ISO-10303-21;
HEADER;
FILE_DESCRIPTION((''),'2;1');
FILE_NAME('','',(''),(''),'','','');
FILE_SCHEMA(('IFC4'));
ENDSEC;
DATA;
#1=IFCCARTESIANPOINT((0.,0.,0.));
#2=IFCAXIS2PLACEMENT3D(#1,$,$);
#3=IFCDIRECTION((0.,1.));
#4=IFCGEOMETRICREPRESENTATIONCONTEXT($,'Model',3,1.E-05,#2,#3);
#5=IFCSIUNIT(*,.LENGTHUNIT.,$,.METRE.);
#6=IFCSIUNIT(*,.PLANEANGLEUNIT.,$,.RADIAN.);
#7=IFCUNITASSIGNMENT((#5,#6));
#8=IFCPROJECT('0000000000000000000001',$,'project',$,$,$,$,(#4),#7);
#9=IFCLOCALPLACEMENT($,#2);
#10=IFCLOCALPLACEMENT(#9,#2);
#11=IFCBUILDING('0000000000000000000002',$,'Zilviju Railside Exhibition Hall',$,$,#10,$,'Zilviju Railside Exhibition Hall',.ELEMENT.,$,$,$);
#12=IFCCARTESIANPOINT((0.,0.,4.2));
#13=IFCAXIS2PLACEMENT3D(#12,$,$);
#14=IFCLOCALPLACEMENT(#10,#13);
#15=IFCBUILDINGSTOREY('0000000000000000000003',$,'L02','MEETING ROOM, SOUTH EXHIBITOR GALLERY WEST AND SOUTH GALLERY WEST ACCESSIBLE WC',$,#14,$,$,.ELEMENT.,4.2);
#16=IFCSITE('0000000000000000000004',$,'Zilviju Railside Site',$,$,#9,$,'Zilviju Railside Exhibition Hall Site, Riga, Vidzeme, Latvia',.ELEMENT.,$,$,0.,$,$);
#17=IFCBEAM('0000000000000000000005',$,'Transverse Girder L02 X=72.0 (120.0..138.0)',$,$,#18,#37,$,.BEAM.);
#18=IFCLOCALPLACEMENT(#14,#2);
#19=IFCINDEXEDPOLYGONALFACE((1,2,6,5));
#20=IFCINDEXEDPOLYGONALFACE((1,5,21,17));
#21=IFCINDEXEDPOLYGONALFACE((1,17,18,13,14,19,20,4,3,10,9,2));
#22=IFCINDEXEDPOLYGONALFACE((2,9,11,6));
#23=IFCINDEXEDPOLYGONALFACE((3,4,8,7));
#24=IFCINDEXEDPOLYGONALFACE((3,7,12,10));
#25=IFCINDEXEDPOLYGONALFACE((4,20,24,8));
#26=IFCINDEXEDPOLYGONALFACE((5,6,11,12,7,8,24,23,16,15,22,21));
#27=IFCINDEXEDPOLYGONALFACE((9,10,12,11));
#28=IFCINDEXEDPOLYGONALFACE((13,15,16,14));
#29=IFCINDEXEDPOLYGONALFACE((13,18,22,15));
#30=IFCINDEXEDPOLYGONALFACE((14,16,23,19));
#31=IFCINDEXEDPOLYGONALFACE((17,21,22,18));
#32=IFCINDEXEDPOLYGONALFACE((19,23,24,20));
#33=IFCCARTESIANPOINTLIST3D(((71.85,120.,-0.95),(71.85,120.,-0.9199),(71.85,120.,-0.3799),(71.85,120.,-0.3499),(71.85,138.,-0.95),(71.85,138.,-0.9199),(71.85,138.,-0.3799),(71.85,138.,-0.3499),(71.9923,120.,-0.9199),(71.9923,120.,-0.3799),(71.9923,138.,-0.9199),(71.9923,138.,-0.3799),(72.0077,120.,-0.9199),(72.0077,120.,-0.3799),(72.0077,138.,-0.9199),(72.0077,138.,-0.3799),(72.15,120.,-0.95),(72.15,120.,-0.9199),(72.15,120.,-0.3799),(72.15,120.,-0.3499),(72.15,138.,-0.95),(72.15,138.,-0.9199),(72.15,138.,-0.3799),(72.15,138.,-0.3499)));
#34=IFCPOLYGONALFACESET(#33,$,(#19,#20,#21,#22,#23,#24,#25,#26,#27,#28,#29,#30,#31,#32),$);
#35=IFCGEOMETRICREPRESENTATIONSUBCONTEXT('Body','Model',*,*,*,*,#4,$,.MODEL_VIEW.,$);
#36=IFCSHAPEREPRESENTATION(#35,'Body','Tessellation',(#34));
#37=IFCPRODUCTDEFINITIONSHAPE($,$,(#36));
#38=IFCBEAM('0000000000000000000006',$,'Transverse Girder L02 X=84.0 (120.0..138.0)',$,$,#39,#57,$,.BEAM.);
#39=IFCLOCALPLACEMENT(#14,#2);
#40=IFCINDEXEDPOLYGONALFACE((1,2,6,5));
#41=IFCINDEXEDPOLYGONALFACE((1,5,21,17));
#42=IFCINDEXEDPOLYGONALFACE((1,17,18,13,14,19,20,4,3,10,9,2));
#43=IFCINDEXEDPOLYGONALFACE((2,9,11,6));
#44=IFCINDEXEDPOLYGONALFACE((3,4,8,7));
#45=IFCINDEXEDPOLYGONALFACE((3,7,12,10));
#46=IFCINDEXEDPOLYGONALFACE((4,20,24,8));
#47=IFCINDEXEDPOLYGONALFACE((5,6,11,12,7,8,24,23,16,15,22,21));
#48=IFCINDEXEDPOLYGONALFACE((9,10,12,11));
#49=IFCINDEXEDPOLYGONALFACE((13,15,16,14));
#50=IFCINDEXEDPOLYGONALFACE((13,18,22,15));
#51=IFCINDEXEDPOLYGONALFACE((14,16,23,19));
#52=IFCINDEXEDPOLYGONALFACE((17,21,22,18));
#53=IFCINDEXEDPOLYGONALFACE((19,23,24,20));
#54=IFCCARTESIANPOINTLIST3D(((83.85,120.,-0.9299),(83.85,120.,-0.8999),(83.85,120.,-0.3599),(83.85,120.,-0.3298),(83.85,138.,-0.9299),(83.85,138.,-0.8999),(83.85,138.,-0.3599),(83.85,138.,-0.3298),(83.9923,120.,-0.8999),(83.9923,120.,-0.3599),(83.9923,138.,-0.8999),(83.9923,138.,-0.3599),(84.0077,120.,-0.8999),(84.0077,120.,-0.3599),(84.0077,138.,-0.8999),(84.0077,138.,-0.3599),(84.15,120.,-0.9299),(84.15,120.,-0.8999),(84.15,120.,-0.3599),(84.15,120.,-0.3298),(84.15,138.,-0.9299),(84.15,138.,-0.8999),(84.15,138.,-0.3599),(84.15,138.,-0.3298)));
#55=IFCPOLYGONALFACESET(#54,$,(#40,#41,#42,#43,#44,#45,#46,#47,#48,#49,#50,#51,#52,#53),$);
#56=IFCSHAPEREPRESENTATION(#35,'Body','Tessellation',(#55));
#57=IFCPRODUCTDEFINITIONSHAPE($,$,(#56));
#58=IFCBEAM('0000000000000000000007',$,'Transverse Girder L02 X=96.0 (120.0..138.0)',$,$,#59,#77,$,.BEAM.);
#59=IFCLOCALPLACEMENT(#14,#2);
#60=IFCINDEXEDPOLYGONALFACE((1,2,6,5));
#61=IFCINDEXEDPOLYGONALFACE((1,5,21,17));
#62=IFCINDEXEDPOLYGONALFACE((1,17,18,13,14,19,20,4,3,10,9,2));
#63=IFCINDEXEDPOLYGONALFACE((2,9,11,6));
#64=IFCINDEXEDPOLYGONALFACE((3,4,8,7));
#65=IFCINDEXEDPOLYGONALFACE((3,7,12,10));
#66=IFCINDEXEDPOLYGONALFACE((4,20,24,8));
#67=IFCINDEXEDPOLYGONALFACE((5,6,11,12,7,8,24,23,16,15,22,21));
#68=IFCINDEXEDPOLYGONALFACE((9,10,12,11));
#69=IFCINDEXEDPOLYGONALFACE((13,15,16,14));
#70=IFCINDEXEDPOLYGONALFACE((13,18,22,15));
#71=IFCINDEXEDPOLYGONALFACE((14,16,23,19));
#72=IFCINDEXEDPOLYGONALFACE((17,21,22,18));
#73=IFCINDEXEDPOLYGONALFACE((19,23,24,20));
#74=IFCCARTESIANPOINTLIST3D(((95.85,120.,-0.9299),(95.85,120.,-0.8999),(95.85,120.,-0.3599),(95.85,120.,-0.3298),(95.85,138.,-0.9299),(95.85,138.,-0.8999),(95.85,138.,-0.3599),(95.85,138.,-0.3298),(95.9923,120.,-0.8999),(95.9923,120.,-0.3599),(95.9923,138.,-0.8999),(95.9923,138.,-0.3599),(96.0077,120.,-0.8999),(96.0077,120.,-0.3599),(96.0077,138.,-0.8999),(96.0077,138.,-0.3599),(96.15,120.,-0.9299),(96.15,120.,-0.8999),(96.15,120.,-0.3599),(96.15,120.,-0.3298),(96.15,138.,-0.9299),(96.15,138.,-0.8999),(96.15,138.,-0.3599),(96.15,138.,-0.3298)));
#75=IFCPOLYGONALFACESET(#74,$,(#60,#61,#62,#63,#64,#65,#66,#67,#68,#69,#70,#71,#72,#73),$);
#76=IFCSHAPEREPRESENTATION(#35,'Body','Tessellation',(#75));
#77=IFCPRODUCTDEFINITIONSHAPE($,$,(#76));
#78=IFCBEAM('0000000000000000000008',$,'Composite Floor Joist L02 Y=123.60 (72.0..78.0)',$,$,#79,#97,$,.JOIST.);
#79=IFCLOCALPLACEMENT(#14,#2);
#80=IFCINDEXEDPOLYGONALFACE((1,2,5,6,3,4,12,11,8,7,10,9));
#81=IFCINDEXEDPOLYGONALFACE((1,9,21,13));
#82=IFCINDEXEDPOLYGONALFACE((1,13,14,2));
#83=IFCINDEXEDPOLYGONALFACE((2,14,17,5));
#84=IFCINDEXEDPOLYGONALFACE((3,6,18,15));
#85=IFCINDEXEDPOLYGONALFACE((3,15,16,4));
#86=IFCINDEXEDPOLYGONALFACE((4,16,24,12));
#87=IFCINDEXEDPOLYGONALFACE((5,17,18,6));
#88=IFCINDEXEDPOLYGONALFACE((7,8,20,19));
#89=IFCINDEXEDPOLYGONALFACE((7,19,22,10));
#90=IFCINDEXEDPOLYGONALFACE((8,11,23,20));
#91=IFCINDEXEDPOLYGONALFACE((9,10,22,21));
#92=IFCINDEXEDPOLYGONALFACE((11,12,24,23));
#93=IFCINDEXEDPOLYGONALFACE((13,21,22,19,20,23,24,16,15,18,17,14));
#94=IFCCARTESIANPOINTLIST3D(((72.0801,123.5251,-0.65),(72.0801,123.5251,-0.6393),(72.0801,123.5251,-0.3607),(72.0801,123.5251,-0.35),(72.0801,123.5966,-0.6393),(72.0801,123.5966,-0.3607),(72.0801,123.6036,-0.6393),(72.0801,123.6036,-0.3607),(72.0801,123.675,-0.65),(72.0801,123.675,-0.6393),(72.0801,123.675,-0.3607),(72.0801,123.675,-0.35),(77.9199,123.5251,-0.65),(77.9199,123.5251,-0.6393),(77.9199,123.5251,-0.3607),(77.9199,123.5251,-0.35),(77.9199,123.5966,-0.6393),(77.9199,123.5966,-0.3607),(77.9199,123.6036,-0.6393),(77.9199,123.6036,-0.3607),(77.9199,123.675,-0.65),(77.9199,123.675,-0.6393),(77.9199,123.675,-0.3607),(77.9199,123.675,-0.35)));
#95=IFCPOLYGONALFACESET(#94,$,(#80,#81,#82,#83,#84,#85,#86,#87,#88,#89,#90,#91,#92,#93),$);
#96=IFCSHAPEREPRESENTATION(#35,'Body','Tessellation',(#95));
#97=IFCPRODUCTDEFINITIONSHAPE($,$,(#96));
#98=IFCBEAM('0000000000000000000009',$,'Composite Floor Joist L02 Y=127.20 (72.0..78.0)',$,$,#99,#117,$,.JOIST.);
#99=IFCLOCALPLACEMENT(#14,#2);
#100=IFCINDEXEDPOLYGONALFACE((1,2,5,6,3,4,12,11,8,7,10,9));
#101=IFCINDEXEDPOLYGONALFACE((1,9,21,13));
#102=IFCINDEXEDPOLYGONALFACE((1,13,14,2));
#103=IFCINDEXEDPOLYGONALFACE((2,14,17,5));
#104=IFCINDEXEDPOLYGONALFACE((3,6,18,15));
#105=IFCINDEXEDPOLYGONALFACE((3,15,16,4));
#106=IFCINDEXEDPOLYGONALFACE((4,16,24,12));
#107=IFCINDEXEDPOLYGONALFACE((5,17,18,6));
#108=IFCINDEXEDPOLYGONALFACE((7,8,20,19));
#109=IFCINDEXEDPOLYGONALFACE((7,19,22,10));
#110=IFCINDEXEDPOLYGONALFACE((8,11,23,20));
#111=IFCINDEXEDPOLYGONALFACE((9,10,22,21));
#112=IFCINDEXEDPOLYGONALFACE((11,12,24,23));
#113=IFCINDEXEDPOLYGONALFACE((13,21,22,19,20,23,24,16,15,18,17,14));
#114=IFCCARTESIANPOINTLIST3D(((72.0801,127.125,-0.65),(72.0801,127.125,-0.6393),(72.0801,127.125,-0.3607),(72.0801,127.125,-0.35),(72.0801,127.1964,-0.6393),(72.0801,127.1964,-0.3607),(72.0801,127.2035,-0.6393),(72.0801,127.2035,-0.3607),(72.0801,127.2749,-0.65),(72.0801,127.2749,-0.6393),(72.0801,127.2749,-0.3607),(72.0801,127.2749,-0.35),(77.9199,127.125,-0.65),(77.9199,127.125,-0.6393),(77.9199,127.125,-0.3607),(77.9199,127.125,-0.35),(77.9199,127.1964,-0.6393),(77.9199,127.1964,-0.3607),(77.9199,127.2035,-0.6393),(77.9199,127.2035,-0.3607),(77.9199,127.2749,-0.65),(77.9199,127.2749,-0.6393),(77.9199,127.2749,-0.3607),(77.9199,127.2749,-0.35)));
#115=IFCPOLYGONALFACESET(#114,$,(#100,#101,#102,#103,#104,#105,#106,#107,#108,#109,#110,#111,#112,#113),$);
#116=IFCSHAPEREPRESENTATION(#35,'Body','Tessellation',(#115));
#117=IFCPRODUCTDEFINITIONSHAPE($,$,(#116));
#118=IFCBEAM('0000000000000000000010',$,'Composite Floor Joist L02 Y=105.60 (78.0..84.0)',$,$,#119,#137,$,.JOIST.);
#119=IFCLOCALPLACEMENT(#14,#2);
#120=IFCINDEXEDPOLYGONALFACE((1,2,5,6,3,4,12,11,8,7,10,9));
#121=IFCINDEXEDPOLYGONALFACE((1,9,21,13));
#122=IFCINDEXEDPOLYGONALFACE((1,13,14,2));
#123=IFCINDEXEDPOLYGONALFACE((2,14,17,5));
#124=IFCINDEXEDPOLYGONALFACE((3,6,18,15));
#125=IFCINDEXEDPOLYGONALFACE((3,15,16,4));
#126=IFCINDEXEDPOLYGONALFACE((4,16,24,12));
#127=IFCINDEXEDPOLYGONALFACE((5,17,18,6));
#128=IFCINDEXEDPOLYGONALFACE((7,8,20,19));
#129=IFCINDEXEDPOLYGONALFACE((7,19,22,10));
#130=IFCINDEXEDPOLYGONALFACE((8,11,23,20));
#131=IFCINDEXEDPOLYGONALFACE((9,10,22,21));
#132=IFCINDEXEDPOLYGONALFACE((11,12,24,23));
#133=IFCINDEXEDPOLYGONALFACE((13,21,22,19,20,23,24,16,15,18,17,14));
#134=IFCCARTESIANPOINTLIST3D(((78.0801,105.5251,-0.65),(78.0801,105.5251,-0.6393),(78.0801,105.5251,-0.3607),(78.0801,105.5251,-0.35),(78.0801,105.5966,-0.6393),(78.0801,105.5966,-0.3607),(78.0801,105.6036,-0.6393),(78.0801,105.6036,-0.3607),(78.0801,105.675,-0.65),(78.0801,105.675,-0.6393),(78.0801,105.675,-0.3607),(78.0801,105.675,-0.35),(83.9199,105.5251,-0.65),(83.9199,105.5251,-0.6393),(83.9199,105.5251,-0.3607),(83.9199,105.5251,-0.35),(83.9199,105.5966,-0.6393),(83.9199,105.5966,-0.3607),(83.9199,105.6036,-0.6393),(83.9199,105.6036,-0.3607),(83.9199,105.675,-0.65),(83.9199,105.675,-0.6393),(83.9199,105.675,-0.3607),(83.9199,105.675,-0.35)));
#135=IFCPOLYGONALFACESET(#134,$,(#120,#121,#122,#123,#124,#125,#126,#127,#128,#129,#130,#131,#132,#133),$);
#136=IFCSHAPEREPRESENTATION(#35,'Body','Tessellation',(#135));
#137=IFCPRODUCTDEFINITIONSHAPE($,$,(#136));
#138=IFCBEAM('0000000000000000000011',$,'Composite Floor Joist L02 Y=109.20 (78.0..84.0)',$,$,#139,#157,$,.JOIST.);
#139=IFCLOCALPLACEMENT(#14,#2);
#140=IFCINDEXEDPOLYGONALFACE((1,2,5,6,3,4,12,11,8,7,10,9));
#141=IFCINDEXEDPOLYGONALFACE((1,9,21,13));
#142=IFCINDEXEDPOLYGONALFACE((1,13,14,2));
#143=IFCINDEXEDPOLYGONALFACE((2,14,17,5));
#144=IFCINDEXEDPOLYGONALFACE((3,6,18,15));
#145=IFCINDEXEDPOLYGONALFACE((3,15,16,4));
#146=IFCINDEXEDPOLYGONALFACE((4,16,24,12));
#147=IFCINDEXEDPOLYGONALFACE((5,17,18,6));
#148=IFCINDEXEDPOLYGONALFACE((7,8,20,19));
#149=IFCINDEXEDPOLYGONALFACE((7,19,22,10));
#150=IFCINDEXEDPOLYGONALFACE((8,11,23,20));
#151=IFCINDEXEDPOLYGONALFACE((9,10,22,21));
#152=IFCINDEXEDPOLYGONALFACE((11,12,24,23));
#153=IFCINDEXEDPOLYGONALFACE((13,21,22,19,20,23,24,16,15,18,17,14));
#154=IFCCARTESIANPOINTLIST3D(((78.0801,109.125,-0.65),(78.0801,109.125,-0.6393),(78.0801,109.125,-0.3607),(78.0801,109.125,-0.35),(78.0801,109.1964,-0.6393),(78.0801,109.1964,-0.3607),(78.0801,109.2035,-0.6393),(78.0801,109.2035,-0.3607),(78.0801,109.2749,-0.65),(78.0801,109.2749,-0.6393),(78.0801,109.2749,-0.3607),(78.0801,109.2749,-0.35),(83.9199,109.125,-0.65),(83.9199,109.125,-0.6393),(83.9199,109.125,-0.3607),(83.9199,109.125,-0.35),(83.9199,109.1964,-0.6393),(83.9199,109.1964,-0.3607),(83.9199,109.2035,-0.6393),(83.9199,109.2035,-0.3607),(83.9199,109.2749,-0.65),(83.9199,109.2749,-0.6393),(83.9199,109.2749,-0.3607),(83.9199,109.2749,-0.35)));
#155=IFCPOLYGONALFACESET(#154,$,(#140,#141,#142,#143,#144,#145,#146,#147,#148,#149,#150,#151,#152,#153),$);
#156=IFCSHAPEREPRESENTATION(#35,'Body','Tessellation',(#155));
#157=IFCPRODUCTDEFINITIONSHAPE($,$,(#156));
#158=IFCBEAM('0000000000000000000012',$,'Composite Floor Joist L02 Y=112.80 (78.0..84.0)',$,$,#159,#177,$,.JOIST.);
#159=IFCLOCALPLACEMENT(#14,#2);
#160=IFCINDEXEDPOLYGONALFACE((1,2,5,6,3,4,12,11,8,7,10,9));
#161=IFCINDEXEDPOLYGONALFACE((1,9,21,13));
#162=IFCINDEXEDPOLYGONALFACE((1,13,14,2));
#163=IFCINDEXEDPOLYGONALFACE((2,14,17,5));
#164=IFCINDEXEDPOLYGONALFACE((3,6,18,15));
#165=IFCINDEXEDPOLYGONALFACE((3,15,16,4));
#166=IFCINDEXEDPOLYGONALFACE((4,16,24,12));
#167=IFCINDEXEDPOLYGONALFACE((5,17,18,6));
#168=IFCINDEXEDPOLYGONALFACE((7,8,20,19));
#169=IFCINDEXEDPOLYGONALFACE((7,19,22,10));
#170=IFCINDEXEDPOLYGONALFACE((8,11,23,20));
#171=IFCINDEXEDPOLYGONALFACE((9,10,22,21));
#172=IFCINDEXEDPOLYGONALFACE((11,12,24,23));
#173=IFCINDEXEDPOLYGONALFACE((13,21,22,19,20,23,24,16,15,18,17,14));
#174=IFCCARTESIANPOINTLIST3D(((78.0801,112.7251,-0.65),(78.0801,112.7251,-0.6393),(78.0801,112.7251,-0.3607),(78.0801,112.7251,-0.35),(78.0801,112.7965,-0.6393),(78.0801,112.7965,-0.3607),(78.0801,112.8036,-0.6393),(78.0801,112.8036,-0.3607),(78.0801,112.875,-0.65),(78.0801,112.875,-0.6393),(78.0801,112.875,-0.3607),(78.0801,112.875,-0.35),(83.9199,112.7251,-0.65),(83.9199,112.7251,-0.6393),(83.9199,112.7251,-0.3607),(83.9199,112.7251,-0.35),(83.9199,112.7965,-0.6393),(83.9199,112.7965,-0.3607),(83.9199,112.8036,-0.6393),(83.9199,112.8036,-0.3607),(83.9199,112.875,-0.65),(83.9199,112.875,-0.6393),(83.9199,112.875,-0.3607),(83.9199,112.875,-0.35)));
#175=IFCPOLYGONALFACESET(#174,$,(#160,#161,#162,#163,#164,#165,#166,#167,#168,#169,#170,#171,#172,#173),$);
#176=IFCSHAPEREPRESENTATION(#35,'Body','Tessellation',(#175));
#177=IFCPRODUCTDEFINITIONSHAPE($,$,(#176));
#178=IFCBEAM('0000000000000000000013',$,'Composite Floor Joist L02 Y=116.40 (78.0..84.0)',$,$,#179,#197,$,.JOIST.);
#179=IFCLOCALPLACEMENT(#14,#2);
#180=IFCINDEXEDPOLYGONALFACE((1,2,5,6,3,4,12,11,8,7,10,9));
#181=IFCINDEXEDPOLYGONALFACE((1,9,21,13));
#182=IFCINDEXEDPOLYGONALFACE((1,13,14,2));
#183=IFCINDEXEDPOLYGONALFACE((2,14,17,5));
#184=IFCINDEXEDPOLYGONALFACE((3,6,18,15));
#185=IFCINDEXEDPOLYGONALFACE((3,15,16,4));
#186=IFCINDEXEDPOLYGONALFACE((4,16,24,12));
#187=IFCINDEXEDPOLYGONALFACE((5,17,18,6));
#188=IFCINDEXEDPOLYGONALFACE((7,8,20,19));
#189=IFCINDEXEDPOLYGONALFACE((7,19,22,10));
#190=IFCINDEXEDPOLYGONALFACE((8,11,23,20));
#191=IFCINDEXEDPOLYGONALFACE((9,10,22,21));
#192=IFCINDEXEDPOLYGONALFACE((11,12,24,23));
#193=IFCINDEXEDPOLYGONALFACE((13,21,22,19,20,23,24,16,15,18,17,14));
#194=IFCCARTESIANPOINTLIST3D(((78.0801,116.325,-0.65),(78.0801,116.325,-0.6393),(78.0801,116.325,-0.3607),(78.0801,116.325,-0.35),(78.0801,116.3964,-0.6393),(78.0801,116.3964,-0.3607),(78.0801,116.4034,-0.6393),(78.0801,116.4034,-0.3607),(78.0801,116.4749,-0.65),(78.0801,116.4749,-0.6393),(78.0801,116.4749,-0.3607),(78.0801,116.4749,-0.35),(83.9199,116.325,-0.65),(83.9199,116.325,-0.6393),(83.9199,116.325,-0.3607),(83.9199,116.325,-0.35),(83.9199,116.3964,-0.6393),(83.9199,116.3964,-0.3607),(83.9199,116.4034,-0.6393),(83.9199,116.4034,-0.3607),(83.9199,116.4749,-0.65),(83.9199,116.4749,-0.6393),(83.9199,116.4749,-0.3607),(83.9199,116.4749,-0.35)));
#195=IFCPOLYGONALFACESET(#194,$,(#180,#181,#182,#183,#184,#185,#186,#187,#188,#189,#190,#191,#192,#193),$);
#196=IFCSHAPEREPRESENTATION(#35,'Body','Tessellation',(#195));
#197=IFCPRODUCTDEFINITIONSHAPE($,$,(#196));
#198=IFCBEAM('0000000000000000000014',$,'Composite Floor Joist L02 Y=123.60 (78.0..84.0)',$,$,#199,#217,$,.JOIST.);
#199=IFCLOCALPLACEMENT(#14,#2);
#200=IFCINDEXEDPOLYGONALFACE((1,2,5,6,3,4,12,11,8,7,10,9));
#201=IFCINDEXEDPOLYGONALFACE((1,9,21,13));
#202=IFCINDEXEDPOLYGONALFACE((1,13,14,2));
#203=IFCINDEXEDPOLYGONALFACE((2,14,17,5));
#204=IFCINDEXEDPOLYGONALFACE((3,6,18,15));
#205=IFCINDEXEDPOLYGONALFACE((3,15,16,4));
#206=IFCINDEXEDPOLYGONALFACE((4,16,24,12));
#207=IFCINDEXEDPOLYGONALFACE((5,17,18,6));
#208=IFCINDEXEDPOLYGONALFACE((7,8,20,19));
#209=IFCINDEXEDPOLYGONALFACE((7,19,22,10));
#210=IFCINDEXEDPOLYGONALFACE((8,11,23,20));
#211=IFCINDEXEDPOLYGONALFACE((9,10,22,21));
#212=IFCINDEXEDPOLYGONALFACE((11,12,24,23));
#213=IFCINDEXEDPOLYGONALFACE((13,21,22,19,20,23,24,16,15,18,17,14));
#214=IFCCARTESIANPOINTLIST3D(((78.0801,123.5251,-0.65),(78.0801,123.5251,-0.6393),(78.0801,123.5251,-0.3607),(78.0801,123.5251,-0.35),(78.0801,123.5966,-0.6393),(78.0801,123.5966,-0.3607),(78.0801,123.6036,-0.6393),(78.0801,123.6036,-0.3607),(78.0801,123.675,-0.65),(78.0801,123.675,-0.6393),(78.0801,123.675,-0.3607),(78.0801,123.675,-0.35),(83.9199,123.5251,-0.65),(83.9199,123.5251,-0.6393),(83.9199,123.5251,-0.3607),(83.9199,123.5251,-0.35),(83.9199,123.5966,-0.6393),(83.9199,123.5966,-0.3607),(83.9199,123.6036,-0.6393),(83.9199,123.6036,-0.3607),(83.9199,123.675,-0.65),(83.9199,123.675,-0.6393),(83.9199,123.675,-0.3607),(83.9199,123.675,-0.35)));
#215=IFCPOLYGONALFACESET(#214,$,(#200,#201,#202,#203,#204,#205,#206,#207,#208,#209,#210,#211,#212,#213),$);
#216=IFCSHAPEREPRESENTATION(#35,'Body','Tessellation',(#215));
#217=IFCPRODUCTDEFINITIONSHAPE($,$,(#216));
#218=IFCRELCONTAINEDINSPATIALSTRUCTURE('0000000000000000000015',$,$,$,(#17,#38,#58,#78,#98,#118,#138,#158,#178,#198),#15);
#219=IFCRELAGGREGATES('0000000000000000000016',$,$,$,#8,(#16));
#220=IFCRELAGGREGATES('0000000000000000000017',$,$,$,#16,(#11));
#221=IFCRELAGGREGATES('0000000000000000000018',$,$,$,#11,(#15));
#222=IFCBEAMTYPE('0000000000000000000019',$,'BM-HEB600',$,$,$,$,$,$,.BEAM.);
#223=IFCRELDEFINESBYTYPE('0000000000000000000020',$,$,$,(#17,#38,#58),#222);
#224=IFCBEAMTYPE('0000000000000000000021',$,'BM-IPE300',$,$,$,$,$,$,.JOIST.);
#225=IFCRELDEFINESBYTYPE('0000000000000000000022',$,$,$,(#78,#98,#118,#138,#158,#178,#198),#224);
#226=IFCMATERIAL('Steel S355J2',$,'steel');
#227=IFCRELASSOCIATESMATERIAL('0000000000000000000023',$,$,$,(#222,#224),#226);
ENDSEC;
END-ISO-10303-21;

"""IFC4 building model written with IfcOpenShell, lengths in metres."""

from ifc_helpers import new_model, si_unit, direction, frame, origin, origin_2d, place, context, subcontext, project, spatial, i_section, extrude, material, material_profile, profile_set, type_object, element, save


model = new_model("IFC4")

# Units and contexts
model_context = context("Model", 3, precision=1e-05, world=origin(), true_north=direction((0.0, 1.0)))
body_context = subcontext(model_context, "Body", "Model", "MODEL_VIEW")
ifc_project = project(units=[si_unit("LENGTHUNIT", "METRE"), si_unit("PLANEANGLEUNIT", "RADIAN")], contexts=[model_context])

# Site, building, storey
site_placement = place(None, origin())
site = spatial("IfcSite", under=ifc_project, at=site_placement, Name="Zilviju Railside Site", LongName="Zilviju Railside Exhibition Hall Site, Riga, Vidzeme, Latvia", CompositionType="ELEMENT", RefElevation=0.0)
building_placement = place(site_placement, origin())
building = spatial("IfcBuilding", under=site, at=building_placement, Name="Zilviju Railside Exhibition Hall", LongName="Zilviju Railside Exhibition Hall", CompositionType="ELEMENT")
storey_placement = place(building_placement, frame((0.0, 0.0, 4.2)))
storey = spatial("IfcBuildingStorey", under=building, at=storey_placement, Name="L02", Description="MEETING ROOM, SOUTH EXHIBITOR GALLERY WEST AND SOUTH GALLERY WEST ACCESSIBLE WC", CompositionType="ELEMENT", Elevation=4.2)

# Shared definitions
ifc_material_1 = material(Name="Steel S355J2", Category="steel")

# Beams
ifc_material_profile_1 = material_profile(ifc_material_1, i_section(OverallWidth=0.3, OverallDepth=0.6001, WebThickness=0.0154, FlangeThickness=0.03, at=origin_2d()), Name="HEB 600")
ifc_profile_set_1 = profile_set([ifc_material_profile_1], Name="Steel S355J2")
beam_type_1 = type_object("IfcBeamType", Name="BM-HEB600", PredefinedType="BEAM", material=ifc_profile_set_1)
for number, where, z_axis, x_axis, name in (
    (1, (72.0, 120.0, -0.6499), (0.0, 1.0, 0.0), (-1.0, 0.0, 0.0), "Transverse Girder L02 X=72.0 (120.0..138.0)"),
    (2, (84.0, 120.0, -0.6299), (0.0, 1.0, 0.0), (-1.0, 0.0, 0.0), "Transverse Girder L02 X=84.0 (120.0..138.0)"),
    (3, (96.0, 120.0, -0.6299), (0.0, 1.0, 0.0), (-1.0, 0.0, 0.0), "Transverse Girder L02 X=96.0 (120.0..138.0)"),
):
    element("IfcBeam", number, at=place(storey_placement, frame(where, z_axis=z_axis, x_axis=x_axis)), inside=storey, type_object=beam_type_1, Name=name, PredefinedType="BEAM", context=body_context, shape_type="SweptSolid", body=[
        extrude(i_section(OverallWidth=0.3, OverallDepth=0.6001, WebThickness=0.0154, FlangeThickness=0.03, at=origin_2d()), origin(), (0.0, 0.0, 1.0), 18.0),
    ])
ifc_material_profile_2 = material_profile(ifc_material_1, i_section(OverallWidth=0.1499, OverallDepth=0.3, WebThickness=0.0071, FlangeThickness=0.0107, at=origin_2d()), Name="IPE 300")
ifc_profile_set_2 = profile_set([ifc_material_profile_2], Name="Steel S355J2")
beam_type_2 = type_object("IfcBeamType", Name="BM-IPE300", PredefinedType="JOIST", material=ifc_profile_set_2)
for number, where, z_axis, x_axis, name in (
    (4, (72.0801, 123.6001, -0.5), (1.0, 0.0, 0.0), (0.0, 1.0, 0.0), "Composite Floor Joist L02 Y=123.60 (72.0..78.0)"),
    (5, (72.0801, 127.2, -0.5), (1.0, 0.0, 0.0), (0.0, 1.0, 0.0), "Composite Floor Joist L02 Y=127.20 (72.0..78.0)"),
    (6, (78.0801, 105.6001, -0.5), (1.0, 0.0, 0.0), (0.0, 1.0, 0.0), "Composite Floor Joist L02 Y=105.60 (78.0..84.0)"),
    (7, (78.0801, 109.2, -0.5), (1.0, 0.0, 0.0), (0.0, 1.0, 0.0), "Composite Floor Joist L02 Y=109.20 (78.0..84.0)"),
    (8, (78.0801, 112.8, -0.5), (1.0, 0.0, 0.0), (0.0, 1.0, 0.0), "Composite Floor Joist L02 Y=112.80 (78.0..84.0)"),
    (9, (78.0801, 116.3999, -0.5), (1.0, 0.0, 0.0), (0.0, 1.0, 0.0), "Composite Floor Joist L02 Y=116.40 (78.0..84.0)"),
    (10, (78.0801, 123.6001, -0.5), (1.0, 0.0, 0.0), (0.0, 1.0, 0.0), "Composite Floor Joist L02 Y=123.60 (78.0..84.0)"),
):
    element("IfcBeam", number, at=place(storey_placement, frame(where, z_axis=z_axis, x_axis=x_axis)), inside=storey, type_object=beam_type_2, Name=name, PredefinedType="JOIST", context=body_context, shape_type="SweptSolid", body=[
        extrude(i_section(OverallWidth=0.1499, OverallDepth=0.3, WebThickness=0.0071, FlangeThickness=0.0107, at=origin_2d()), origin(), (0.0, 0.0, 1.0), 5.8398),
    ])

save(model, "model.ifc")
